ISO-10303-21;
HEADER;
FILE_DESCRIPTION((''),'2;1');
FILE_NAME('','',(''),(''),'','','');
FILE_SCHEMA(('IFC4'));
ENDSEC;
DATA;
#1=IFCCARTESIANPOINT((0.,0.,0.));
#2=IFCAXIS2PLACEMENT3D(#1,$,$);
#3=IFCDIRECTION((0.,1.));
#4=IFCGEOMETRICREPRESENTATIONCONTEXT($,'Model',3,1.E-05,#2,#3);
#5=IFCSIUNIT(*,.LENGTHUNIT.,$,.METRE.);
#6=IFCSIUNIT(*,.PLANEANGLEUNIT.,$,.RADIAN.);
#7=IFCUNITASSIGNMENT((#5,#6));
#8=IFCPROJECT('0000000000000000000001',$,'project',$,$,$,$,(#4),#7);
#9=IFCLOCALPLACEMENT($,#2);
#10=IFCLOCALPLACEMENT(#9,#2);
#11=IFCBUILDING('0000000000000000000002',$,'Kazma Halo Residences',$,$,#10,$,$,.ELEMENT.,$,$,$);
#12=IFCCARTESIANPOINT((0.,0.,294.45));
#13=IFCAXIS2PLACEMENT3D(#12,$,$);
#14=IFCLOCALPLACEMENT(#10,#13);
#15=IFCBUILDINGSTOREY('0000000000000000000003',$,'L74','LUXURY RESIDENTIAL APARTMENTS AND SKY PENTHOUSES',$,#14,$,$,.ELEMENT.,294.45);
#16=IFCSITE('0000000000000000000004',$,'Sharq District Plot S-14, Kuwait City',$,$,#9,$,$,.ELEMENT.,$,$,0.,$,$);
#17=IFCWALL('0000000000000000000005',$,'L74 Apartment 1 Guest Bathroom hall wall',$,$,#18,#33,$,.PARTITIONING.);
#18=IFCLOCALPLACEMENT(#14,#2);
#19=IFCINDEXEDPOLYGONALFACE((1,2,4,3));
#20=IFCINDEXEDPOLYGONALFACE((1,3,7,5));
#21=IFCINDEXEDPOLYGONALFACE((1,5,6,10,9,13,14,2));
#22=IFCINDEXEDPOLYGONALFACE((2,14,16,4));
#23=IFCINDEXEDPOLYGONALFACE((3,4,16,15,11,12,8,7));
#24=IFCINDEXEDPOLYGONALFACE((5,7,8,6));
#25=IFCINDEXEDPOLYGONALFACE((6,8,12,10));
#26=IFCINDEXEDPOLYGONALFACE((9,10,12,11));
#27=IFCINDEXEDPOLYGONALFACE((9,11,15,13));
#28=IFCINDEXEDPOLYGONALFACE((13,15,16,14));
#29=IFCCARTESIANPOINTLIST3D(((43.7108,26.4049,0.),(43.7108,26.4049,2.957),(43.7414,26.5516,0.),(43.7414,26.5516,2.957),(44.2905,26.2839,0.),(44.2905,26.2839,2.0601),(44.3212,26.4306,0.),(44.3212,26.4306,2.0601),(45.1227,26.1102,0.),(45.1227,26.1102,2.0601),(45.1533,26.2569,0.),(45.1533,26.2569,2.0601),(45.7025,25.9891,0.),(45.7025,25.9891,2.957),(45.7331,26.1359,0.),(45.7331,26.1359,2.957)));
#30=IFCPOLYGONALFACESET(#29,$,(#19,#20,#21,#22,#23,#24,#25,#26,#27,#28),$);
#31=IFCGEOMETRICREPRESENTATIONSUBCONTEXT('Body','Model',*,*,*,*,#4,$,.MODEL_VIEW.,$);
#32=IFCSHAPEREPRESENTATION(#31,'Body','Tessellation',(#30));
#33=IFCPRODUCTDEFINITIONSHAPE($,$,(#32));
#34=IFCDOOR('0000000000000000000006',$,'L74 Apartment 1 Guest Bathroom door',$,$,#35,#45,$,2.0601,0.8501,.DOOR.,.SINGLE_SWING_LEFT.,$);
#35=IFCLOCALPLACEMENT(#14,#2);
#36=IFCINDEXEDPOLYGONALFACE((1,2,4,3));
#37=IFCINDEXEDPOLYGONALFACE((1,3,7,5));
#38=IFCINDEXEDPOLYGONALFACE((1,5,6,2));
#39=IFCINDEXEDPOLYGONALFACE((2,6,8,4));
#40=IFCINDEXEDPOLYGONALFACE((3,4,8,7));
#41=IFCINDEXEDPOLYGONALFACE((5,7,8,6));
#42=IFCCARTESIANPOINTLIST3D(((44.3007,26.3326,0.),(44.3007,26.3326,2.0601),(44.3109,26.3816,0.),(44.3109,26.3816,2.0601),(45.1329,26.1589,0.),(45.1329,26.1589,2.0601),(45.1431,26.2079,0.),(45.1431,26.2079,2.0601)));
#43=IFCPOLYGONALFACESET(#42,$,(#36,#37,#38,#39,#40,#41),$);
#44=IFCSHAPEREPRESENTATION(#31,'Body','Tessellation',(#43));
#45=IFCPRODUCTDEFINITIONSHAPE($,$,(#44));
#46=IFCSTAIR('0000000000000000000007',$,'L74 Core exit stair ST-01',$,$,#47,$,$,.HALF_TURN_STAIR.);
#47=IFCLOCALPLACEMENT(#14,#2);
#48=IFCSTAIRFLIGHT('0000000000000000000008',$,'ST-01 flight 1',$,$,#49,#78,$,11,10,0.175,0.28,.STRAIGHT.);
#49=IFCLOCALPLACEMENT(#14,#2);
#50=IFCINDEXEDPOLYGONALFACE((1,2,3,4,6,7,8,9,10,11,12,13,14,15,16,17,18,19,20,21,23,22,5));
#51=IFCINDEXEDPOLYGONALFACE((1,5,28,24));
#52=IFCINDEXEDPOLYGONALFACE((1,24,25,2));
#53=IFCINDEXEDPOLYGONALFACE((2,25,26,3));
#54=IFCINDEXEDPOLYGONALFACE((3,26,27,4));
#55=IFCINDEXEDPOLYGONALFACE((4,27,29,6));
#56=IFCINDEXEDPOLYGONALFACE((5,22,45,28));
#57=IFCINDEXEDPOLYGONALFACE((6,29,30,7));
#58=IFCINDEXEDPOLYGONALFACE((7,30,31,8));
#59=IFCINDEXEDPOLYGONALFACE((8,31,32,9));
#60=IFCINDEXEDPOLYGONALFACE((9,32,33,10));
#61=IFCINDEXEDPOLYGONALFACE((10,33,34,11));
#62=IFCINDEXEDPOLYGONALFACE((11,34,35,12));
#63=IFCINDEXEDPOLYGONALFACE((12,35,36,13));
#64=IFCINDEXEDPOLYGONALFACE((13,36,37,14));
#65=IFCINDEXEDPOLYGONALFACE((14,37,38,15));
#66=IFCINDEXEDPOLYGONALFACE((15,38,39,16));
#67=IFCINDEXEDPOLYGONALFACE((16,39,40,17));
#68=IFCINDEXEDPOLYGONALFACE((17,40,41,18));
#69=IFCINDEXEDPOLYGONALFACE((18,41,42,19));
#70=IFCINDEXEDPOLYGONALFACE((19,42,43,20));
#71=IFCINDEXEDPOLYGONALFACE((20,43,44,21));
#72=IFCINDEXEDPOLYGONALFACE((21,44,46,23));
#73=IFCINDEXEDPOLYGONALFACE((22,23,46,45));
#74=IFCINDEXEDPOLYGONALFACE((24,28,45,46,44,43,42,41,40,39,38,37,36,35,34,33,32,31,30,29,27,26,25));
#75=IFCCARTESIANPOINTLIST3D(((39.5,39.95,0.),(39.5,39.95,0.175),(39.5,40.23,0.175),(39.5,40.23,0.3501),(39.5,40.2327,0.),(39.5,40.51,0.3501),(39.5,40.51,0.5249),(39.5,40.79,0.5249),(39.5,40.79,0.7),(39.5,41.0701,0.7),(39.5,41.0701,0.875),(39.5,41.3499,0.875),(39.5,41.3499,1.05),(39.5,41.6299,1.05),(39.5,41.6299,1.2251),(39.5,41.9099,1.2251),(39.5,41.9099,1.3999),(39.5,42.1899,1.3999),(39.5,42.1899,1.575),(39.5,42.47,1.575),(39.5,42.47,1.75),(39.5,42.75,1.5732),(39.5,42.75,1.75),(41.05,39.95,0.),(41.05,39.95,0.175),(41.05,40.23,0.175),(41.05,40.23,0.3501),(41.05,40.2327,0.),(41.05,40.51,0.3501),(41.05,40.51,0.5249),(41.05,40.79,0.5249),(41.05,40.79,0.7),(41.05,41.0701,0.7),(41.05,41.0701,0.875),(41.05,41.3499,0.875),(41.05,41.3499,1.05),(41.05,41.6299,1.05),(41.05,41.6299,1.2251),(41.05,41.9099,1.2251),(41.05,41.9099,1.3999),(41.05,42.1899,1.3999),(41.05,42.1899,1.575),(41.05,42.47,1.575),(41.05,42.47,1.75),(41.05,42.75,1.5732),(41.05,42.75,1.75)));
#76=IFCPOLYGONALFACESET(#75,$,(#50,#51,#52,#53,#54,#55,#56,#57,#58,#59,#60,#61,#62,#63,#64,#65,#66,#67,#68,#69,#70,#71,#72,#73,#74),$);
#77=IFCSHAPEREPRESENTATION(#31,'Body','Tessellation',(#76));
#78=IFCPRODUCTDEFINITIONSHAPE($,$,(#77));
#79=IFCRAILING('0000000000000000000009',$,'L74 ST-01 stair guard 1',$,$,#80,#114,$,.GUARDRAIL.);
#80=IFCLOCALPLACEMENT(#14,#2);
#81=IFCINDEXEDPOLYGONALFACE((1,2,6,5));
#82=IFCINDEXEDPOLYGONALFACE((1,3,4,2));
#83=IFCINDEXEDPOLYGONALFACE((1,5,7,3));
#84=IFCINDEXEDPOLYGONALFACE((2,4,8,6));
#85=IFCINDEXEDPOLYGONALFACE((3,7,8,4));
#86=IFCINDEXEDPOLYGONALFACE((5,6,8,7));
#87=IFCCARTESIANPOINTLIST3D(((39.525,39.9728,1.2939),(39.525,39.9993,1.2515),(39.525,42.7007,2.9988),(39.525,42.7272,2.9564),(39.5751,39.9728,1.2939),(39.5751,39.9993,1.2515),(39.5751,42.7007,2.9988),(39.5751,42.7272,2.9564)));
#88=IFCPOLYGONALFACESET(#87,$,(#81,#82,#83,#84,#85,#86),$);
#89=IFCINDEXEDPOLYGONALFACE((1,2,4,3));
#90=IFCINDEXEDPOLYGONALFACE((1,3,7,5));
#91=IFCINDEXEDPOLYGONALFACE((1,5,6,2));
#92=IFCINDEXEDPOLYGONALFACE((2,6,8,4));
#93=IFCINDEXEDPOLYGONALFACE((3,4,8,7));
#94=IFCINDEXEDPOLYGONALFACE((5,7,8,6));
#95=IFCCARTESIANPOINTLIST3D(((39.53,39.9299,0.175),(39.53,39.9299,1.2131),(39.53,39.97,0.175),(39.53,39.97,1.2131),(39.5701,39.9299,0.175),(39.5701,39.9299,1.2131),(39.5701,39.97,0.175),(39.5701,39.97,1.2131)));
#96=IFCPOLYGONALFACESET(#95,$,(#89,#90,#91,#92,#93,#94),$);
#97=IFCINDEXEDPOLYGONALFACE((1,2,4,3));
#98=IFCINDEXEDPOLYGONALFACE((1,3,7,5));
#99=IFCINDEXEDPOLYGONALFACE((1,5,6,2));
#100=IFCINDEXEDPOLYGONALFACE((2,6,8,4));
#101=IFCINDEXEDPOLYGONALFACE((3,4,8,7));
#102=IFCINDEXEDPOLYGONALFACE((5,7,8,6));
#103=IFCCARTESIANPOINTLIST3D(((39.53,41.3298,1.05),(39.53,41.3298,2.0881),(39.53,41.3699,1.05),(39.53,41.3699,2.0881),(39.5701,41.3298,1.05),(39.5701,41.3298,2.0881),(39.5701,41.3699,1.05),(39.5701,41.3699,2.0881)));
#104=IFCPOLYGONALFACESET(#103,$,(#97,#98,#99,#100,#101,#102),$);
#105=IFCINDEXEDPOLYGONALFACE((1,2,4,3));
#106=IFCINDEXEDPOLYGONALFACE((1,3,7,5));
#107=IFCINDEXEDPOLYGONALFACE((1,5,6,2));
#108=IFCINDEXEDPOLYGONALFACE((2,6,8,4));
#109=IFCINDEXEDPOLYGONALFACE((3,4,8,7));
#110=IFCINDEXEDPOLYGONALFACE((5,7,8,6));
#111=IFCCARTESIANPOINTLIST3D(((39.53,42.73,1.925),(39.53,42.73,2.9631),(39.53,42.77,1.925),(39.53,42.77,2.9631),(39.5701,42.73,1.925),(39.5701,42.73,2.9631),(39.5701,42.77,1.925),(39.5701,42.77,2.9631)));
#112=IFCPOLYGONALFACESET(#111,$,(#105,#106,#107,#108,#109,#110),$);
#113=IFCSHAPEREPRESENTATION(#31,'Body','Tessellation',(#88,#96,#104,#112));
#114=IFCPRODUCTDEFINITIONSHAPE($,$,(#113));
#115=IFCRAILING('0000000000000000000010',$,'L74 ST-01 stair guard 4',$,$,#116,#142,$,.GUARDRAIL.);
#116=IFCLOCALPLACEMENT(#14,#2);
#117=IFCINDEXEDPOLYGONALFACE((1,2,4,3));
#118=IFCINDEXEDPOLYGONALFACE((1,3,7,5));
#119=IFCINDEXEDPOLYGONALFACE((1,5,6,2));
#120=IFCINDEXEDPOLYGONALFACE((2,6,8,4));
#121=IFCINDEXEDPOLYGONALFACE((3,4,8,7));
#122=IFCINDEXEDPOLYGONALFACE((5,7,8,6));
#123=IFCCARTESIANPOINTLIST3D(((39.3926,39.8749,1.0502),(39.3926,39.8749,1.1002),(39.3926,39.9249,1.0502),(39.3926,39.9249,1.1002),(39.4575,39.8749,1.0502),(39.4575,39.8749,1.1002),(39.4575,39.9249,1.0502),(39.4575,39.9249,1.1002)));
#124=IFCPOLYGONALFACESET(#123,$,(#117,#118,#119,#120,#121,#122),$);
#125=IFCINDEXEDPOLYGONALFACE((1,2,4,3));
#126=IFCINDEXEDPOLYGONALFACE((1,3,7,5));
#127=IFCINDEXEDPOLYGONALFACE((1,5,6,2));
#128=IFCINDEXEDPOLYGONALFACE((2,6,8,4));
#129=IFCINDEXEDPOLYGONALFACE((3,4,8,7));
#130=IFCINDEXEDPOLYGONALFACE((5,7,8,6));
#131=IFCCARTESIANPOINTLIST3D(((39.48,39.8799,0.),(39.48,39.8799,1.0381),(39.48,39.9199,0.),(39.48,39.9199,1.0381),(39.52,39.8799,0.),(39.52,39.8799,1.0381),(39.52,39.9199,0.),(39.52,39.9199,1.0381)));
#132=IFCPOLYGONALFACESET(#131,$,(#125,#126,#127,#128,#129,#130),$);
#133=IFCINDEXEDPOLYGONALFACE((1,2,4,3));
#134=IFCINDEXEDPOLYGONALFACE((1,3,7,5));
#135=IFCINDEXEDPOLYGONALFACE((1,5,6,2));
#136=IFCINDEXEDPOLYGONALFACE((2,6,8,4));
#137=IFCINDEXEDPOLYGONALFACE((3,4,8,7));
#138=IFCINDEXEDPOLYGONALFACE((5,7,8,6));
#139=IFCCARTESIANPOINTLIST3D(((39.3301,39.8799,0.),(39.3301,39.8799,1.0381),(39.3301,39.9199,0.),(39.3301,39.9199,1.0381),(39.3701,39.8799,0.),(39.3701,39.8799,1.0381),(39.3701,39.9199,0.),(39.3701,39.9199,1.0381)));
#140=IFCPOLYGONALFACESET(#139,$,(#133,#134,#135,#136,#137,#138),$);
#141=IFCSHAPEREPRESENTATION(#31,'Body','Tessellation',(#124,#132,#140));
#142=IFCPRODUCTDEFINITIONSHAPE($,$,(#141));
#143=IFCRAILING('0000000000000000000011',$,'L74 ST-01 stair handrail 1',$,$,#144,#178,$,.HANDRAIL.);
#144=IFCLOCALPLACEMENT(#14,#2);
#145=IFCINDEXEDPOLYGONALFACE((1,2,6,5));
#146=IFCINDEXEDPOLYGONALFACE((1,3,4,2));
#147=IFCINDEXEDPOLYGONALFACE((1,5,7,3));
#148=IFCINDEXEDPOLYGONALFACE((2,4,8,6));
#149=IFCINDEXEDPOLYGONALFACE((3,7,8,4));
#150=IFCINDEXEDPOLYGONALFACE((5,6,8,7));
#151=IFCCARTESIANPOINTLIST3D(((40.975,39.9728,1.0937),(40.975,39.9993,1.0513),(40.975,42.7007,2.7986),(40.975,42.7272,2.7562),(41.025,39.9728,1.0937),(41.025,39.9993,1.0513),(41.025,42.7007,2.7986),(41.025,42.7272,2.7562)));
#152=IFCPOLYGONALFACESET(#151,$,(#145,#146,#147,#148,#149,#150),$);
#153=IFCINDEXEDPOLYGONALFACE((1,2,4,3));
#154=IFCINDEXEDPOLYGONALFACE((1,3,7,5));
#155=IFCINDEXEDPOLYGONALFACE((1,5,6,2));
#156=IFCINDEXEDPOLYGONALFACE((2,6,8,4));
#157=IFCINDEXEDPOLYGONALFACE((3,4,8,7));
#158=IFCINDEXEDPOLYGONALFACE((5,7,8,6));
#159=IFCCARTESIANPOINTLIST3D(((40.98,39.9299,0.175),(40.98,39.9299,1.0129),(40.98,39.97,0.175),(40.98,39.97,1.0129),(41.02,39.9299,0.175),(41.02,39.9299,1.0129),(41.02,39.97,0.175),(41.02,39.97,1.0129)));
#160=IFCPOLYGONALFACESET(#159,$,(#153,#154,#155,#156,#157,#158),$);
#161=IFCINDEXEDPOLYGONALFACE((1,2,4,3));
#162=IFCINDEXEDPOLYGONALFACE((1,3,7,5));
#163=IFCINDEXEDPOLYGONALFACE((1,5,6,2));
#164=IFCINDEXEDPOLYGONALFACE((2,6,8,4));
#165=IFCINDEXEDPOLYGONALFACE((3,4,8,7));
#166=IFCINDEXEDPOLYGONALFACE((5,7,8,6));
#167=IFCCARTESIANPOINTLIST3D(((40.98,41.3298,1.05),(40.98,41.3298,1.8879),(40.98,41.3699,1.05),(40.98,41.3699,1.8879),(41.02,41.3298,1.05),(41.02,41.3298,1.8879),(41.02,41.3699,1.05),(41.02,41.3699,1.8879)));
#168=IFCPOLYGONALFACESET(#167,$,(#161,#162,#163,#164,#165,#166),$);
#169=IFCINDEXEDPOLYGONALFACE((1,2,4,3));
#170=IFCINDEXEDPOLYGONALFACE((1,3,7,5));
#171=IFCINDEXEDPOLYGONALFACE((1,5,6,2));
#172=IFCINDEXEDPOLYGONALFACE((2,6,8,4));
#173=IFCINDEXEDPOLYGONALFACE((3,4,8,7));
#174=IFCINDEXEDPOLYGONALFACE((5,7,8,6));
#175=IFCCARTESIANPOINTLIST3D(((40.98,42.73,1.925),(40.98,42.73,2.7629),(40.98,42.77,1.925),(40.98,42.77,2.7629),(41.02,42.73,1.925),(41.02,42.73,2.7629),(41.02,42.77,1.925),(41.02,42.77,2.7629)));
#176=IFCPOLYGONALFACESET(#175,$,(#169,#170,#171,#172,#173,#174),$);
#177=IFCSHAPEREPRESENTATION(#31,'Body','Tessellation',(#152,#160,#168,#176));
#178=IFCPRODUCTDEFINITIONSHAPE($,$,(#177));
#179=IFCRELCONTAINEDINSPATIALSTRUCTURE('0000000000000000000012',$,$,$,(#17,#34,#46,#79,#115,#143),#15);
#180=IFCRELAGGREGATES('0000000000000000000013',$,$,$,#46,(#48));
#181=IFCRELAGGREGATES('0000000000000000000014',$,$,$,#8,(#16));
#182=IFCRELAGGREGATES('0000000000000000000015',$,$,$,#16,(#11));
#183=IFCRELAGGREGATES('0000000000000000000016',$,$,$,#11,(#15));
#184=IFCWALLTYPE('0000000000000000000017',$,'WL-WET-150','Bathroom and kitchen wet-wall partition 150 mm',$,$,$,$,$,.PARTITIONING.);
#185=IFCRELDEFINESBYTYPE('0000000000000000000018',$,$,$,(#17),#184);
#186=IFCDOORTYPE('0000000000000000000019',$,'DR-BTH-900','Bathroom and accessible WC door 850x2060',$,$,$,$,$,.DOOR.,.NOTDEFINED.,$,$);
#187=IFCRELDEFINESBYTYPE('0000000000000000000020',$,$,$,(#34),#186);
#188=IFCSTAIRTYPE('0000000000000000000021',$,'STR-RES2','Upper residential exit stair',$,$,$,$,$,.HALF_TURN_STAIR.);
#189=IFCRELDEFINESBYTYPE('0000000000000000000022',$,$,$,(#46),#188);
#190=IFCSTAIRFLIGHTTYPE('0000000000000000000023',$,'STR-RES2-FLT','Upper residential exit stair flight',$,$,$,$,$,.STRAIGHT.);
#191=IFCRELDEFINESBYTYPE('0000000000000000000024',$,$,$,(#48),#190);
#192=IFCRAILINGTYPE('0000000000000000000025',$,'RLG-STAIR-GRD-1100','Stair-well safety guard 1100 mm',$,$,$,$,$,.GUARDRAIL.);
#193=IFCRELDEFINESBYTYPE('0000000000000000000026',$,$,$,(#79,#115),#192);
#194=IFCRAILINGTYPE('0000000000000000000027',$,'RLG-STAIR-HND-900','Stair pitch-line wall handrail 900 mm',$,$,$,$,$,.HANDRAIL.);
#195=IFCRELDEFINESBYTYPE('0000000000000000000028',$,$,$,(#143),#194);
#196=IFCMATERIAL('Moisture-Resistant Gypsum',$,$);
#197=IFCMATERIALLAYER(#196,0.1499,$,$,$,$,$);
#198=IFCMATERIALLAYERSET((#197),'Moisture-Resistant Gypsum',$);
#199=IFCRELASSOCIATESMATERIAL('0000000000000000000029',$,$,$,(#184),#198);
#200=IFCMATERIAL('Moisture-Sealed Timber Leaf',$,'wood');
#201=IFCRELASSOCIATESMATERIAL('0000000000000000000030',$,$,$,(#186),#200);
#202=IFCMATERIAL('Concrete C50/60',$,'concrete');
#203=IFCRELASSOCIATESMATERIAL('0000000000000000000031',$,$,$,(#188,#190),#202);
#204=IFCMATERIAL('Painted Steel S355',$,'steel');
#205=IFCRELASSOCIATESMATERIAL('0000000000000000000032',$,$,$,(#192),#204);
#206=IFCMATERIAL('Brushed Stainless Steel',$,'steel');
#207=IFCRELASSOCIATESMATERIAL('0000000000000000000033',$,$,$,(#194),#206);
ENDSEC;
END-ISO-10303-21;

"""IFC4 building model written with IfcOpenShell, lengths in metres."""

from ifc_helpers import new_model, si_unit, direction, frame, frame_2d, origin, origin_2d, place, context, subcontext, project, spatial, polyline, rectangle, outline, extrude, material, layer, layer_set, type_object, element, fill, aggregate, save


model = new_model("IFC4")

# Units and contexts
model_context = context("Model", 3, precision=1e-05, world=origin(), true_north=direction((0.0, 1.0)))
body_context = subcontext(model_context, "Body", "Model", "MODEL_VIEW")
ifc_project = project(units=[si_unit("LENGTHUNIT", "METRE"), si_unit("PLANEANGLEUNIT", "RADIAN")], contexts=[model_context])

# Site, building, storey
site_placement = place(None, origin())
site = spatial("IfcSite", under=ifc_project, at=site_placement, Name="Sharq District Plot S-14, Kuwait City", CompositionType="ELEMENT", RefElevation=0.0)
building_placement = place(site_placement, origin())
building = spatial("IfcBuilding", under=site, at=building_placement, Name="Kazma Halo Residences", CompositionType="ELEMENT")
storey_placement = place(building_placement, frame((0.0, 0.0, 294.45)))
storey = spatial("IfcBuildingStorey", under=building, at=storey_placement, Name="L74", Description="LUXURY RESIDENTIAL APARTMENTS AND SKY PENTHOUSES", CompositionType="ELEMENT", Elevation=294.45)

# Wall, opening, door
ifc_material_1 = material(Name="Concrete C50/60", Category="concrete")
ifc_material_2 = material(Name="Moisture-Resistant Gypsum")
ifc_layer_1 = layer(ifc_material_2, 0.1499)
ifc_layer_set_1 = layer_set([ifc_layer_1], Name="Moisture-Resistant Gypsum")
wall_type_1 = type_object("IfcWallType", Name="WL-WET-150", Description="Bathroom and kitchen wet-wall partition 150 mm", PredefinedType="PARTITIONING", material=ifc_layer_set_1)
wall_1_placement = place(storey_placement, frame((43.7261, 26.4783, 0.0), z_axis=(0.0, 0.0, 1.0), x_axis=(0.978898, -0.204347, 0.0)))
wall_1 = element("IfcWall", 1, at=wall_1_placement, inside=storey, type_object=wall_type_1, Name="L74 Apartment 1 Guest Bathroom hall wall", PredefinedType="PARTITIONING", context=body_context, shape_type="SweptSolid", body=[
    extrude(rectangle(XDim=2.0347, YDim=0.1499, at=frame_2d((1.0173, 0.0))), origin(), (0.0, 0.0, 1.0), 2.957),
])
opening_1_placement = place(wall_1_placement, frame((0.5923, 0.0, 0.0)))
opening_1 = element("IfcOpeningElement", 2, at=opening_1_placement, cuts=wall_1, PredefinedType="OPENING", context=body_context, shape_type="SweptSolid", body=[
    extrude(rectangle(XDim=0.8501, YDim=2.0601, at=frame_2d((0.425, 1.03))), frame((0.0, 0.085, 0.0), z_axis=(0.0, -1.0, 0.0), x_axis=(1.0, 0.0, 0.0)), (0.0, 0.0, 1.0), 0.1699),
])
ifc_material_3 = material(Name="Moisture-Sealed Timber Leaf", Category="wood")
door_type_1 = type_object("IfcDoorType", Name="DR-BTH-900", Description="Bathroom and accessible WC door 850x2060", OperationType="NOTDEFINED", PredefinedType="DOOR", material=ifc_material_3)
door_1_placement = place(opening_1_placement, origin())
door_1 = element("IfcDoor", 3, at=door_1_placement, inside=storey, type_object=door_type_1, Name="L74 Apartment 1 Guest Bathroom door", OperationType="SINGLE_SWING_LEFT", OverallHeight=2.0601, OverallWidth=0.8501, PredefinedType="DOOR", context=body_context, shape_type="SweptSolid", body=[
    extrude(rectangle(XDim=0.8501, YDim=2.0601, at=frame_2d((0.425, 1.03))), frame((0.0, 0.0249, 0.0), z_axis=(0.0, -1.0, 0.0), x_axis=(1.0, 0.0, 0.0)), (0.0, 0.0, 1.0), 0.05),
])
fill(opening_1, door_1)

# Stair, stair flight
stair_type = type_object("IfcStairType", Name="STR-RES2", Description="Upper residential exit stair", PredefinedType="HALF_TURN_STAIR", material=ifc_material_1)
stair_placement = place(storey_placement, origin())
stair = element("IfcStair", 4, at=stair_placement, inside=storey, type_object=stair_type, Name="L74 Core exit stair ST-01", PredefinedType="HALF_TURN_STAIR")
stair_flight_type = type_object("IfcStairFlightType", Name="STR-RES2-FLT", Description="Upper residential exit stair flight", PredefinedType="STRAIGHT", material=ifc_material_1)
stair_flight_placement = place(storey_placement, frame((40.2749, 39.95, 0.0), z_axis=(0.0, 0.0, 1.0), x_axis=(0.0, 1.0, 0.0)))
stair_flight = element("IfcStairFlight", 5, at=stair_flight_placement, type_object=stair_flight_type, Name="ST-01 flight 1", NumberOfRisers=11, NumberOfTreads=10, PredefinedType="STRAIGHT", RiserHeight=0.175, TreadLength=0.28, context=body_context, shape_type="SweptSolid", body=[
    extrude(outline(polyline([(0.0, 0.0), (0.0, 0.175), (0.28, 0.175), (0.28, 0.3501), (0.5601, 0.3501), (0.5601, 0.5249), (0.8401, 0.5249), (0.8401, 0.7), (1.1201, 0.7), (1.1201, 0.875), (1.3999, 0.875), (1.3999, 1.05), (1.6799, 1.05), (1.6799, 1.2251), (1.96, 1.2251), (1.96, 1.3999), (2.24, 1.3999), (2.24, 1.575), (2.52, 1.575), (2.52, 1.75), (2.8, 1.75), (2.8, 1.925), (2.8, 1.5732), (0.2827, 0.0), (0.0, 0.0)])), frame((0.0, 0.7749, 0.0), z_axis=(0.0, -1.0, 0.0), x_axis=(1.0, 0.0, 0.0)), (0.0, 0.0, 1.0), 1.55),
])
aggregate(stair, [stair_flight])

# Railings
ifc_material_4 = material(Name="Painted Steel S355", Category="steel")
railing_type_1 = type_object("IfcRailingType", Name="RLG-STAIR-GRD-1100", Description="Stair-well safety guard 1100 mm", PredefinedType="GUARDRAIL", material=ifc_material_4)
railing_1_placement = place(storey_placement, frame((39.55, 39.95, 0.175)))
element("IfcRailing", 6, at=railing_1_placement, inside=storey, type_object=railing_type_1, Name="L74 ST-01 stair guard 1", PredefinedType="GUARDRAIL", context=body_context, shape_type="SweptSolid", body=[
    extrude(rectangle(XDim=0.05, YDim=0.05, at=origin_2d()), frame((0.0, 0.0361, 1.0977), z_axis=(0.0, 0.848002, 0.529992), x_axis=(-1.0, 0.0, 0.0)), (0.0, 0.0, 1.0), 3.2168),
    extrude(rectangle(XDim=0.04, YDim=0.04, at=origin_2d()), origin(), (0.0, 0.0, 1.0), 1.0381),
    extrude(rectangle(XDim=0.04, YDim=0.04, at=origin_2d()), frame((0.0, 1.3999, 0.875)), (0.0, 0.0, 1.0), 1.0381),
    extrude(rectangle(XDim=0.04, YDim=0.04, at=origin_2d()), frame((0.0, 2.8, 1.75)), (0.0, 0.0, 1.0), 1.0381),
])
railing_2_placement = place(storey_placement, frame((39.5, 39.8999, 0.0)))
element("IfcRailing", 7, at=railing_2_placement, inside=storey, type_object=railing_type_1, Name="L74 ST-01 stair guard 4", PredefinedType="GUARDRAIL", context=body_context, shape_type="SweptSolid", body=[
    extrude(rectangle(XDim=0.05, YDim=0.05, at=origin_2d()), frame((-0.0425, 0.0, 1.0752), z_axis=(-1.0, 0.0, 0.0), x_axis=(0.0, -1.0, 0.0)), (0.0, 0.0, 1.0), 0.0649),
    extrude(rectangle(XDim=0.04, YDim=0.04, at=origin_2d()), origin(), (0.0, 0.0, 1.0), 1.0381),
    extrude(rectangle(XDim=0.04, YDim=0.04, at=origin_2d()), frame((-0.1499, 0.0, 0.0)), (0.0, 0.0, 1.0), 1.0381),
])
ifc_material_5 = material(Name="Brushed Stainless Steel", Category="steel")
railing_type_2 = type_object("IfcRailingType", Name="RLG-STAIR-HND-900", Description="Stair pitch-line wall handrail 900 mm", PredefinedType="HANDRAIL", material=ifc_material_5)
railing_3_placement = place(storey_placement, frame((41.0, 39.95, 0.175)))
element("IfcRailing", 8, at=railing_3_placement, inside=storey, type_object=railing_type_2, Name="L74 ST-01 stair handrail 1", PredefinedType="HANDRAIL", context=body_context, shape_type="SweptSolid", body=[
    extrude(rectangle(XDim=0.05, YDim=0.05, at=origin_2d()), frame((0.0, 0.0361, 0.8975), z_axis=(0.0, 0.848002, 0.529992), x_axis=(-1.0, 0.0, 0.0)), (0.0, 0.0, 1.0), 3.2168),
    extrude(rectangle(XDim=0.04, YDim=0.04, at=origin_2d()), origin(), (0.0, 0.0, 1.0), 0.8379),
    extrude(rectangle(XDim=0.04, YDim=0.04, at=origin_2d()), frame((0.0, 1.3999, 0.875)), (0.0, 0.0, 1.0), 0.8379),
    extrude(rectangle(XDim=0.04, YDim=0.04, at=origin_2d()), frame((0.0, 2.8, 1.75)), (0.0, 0.0, 1.0), 0.8379),
])

save(model, "model.ifc")
